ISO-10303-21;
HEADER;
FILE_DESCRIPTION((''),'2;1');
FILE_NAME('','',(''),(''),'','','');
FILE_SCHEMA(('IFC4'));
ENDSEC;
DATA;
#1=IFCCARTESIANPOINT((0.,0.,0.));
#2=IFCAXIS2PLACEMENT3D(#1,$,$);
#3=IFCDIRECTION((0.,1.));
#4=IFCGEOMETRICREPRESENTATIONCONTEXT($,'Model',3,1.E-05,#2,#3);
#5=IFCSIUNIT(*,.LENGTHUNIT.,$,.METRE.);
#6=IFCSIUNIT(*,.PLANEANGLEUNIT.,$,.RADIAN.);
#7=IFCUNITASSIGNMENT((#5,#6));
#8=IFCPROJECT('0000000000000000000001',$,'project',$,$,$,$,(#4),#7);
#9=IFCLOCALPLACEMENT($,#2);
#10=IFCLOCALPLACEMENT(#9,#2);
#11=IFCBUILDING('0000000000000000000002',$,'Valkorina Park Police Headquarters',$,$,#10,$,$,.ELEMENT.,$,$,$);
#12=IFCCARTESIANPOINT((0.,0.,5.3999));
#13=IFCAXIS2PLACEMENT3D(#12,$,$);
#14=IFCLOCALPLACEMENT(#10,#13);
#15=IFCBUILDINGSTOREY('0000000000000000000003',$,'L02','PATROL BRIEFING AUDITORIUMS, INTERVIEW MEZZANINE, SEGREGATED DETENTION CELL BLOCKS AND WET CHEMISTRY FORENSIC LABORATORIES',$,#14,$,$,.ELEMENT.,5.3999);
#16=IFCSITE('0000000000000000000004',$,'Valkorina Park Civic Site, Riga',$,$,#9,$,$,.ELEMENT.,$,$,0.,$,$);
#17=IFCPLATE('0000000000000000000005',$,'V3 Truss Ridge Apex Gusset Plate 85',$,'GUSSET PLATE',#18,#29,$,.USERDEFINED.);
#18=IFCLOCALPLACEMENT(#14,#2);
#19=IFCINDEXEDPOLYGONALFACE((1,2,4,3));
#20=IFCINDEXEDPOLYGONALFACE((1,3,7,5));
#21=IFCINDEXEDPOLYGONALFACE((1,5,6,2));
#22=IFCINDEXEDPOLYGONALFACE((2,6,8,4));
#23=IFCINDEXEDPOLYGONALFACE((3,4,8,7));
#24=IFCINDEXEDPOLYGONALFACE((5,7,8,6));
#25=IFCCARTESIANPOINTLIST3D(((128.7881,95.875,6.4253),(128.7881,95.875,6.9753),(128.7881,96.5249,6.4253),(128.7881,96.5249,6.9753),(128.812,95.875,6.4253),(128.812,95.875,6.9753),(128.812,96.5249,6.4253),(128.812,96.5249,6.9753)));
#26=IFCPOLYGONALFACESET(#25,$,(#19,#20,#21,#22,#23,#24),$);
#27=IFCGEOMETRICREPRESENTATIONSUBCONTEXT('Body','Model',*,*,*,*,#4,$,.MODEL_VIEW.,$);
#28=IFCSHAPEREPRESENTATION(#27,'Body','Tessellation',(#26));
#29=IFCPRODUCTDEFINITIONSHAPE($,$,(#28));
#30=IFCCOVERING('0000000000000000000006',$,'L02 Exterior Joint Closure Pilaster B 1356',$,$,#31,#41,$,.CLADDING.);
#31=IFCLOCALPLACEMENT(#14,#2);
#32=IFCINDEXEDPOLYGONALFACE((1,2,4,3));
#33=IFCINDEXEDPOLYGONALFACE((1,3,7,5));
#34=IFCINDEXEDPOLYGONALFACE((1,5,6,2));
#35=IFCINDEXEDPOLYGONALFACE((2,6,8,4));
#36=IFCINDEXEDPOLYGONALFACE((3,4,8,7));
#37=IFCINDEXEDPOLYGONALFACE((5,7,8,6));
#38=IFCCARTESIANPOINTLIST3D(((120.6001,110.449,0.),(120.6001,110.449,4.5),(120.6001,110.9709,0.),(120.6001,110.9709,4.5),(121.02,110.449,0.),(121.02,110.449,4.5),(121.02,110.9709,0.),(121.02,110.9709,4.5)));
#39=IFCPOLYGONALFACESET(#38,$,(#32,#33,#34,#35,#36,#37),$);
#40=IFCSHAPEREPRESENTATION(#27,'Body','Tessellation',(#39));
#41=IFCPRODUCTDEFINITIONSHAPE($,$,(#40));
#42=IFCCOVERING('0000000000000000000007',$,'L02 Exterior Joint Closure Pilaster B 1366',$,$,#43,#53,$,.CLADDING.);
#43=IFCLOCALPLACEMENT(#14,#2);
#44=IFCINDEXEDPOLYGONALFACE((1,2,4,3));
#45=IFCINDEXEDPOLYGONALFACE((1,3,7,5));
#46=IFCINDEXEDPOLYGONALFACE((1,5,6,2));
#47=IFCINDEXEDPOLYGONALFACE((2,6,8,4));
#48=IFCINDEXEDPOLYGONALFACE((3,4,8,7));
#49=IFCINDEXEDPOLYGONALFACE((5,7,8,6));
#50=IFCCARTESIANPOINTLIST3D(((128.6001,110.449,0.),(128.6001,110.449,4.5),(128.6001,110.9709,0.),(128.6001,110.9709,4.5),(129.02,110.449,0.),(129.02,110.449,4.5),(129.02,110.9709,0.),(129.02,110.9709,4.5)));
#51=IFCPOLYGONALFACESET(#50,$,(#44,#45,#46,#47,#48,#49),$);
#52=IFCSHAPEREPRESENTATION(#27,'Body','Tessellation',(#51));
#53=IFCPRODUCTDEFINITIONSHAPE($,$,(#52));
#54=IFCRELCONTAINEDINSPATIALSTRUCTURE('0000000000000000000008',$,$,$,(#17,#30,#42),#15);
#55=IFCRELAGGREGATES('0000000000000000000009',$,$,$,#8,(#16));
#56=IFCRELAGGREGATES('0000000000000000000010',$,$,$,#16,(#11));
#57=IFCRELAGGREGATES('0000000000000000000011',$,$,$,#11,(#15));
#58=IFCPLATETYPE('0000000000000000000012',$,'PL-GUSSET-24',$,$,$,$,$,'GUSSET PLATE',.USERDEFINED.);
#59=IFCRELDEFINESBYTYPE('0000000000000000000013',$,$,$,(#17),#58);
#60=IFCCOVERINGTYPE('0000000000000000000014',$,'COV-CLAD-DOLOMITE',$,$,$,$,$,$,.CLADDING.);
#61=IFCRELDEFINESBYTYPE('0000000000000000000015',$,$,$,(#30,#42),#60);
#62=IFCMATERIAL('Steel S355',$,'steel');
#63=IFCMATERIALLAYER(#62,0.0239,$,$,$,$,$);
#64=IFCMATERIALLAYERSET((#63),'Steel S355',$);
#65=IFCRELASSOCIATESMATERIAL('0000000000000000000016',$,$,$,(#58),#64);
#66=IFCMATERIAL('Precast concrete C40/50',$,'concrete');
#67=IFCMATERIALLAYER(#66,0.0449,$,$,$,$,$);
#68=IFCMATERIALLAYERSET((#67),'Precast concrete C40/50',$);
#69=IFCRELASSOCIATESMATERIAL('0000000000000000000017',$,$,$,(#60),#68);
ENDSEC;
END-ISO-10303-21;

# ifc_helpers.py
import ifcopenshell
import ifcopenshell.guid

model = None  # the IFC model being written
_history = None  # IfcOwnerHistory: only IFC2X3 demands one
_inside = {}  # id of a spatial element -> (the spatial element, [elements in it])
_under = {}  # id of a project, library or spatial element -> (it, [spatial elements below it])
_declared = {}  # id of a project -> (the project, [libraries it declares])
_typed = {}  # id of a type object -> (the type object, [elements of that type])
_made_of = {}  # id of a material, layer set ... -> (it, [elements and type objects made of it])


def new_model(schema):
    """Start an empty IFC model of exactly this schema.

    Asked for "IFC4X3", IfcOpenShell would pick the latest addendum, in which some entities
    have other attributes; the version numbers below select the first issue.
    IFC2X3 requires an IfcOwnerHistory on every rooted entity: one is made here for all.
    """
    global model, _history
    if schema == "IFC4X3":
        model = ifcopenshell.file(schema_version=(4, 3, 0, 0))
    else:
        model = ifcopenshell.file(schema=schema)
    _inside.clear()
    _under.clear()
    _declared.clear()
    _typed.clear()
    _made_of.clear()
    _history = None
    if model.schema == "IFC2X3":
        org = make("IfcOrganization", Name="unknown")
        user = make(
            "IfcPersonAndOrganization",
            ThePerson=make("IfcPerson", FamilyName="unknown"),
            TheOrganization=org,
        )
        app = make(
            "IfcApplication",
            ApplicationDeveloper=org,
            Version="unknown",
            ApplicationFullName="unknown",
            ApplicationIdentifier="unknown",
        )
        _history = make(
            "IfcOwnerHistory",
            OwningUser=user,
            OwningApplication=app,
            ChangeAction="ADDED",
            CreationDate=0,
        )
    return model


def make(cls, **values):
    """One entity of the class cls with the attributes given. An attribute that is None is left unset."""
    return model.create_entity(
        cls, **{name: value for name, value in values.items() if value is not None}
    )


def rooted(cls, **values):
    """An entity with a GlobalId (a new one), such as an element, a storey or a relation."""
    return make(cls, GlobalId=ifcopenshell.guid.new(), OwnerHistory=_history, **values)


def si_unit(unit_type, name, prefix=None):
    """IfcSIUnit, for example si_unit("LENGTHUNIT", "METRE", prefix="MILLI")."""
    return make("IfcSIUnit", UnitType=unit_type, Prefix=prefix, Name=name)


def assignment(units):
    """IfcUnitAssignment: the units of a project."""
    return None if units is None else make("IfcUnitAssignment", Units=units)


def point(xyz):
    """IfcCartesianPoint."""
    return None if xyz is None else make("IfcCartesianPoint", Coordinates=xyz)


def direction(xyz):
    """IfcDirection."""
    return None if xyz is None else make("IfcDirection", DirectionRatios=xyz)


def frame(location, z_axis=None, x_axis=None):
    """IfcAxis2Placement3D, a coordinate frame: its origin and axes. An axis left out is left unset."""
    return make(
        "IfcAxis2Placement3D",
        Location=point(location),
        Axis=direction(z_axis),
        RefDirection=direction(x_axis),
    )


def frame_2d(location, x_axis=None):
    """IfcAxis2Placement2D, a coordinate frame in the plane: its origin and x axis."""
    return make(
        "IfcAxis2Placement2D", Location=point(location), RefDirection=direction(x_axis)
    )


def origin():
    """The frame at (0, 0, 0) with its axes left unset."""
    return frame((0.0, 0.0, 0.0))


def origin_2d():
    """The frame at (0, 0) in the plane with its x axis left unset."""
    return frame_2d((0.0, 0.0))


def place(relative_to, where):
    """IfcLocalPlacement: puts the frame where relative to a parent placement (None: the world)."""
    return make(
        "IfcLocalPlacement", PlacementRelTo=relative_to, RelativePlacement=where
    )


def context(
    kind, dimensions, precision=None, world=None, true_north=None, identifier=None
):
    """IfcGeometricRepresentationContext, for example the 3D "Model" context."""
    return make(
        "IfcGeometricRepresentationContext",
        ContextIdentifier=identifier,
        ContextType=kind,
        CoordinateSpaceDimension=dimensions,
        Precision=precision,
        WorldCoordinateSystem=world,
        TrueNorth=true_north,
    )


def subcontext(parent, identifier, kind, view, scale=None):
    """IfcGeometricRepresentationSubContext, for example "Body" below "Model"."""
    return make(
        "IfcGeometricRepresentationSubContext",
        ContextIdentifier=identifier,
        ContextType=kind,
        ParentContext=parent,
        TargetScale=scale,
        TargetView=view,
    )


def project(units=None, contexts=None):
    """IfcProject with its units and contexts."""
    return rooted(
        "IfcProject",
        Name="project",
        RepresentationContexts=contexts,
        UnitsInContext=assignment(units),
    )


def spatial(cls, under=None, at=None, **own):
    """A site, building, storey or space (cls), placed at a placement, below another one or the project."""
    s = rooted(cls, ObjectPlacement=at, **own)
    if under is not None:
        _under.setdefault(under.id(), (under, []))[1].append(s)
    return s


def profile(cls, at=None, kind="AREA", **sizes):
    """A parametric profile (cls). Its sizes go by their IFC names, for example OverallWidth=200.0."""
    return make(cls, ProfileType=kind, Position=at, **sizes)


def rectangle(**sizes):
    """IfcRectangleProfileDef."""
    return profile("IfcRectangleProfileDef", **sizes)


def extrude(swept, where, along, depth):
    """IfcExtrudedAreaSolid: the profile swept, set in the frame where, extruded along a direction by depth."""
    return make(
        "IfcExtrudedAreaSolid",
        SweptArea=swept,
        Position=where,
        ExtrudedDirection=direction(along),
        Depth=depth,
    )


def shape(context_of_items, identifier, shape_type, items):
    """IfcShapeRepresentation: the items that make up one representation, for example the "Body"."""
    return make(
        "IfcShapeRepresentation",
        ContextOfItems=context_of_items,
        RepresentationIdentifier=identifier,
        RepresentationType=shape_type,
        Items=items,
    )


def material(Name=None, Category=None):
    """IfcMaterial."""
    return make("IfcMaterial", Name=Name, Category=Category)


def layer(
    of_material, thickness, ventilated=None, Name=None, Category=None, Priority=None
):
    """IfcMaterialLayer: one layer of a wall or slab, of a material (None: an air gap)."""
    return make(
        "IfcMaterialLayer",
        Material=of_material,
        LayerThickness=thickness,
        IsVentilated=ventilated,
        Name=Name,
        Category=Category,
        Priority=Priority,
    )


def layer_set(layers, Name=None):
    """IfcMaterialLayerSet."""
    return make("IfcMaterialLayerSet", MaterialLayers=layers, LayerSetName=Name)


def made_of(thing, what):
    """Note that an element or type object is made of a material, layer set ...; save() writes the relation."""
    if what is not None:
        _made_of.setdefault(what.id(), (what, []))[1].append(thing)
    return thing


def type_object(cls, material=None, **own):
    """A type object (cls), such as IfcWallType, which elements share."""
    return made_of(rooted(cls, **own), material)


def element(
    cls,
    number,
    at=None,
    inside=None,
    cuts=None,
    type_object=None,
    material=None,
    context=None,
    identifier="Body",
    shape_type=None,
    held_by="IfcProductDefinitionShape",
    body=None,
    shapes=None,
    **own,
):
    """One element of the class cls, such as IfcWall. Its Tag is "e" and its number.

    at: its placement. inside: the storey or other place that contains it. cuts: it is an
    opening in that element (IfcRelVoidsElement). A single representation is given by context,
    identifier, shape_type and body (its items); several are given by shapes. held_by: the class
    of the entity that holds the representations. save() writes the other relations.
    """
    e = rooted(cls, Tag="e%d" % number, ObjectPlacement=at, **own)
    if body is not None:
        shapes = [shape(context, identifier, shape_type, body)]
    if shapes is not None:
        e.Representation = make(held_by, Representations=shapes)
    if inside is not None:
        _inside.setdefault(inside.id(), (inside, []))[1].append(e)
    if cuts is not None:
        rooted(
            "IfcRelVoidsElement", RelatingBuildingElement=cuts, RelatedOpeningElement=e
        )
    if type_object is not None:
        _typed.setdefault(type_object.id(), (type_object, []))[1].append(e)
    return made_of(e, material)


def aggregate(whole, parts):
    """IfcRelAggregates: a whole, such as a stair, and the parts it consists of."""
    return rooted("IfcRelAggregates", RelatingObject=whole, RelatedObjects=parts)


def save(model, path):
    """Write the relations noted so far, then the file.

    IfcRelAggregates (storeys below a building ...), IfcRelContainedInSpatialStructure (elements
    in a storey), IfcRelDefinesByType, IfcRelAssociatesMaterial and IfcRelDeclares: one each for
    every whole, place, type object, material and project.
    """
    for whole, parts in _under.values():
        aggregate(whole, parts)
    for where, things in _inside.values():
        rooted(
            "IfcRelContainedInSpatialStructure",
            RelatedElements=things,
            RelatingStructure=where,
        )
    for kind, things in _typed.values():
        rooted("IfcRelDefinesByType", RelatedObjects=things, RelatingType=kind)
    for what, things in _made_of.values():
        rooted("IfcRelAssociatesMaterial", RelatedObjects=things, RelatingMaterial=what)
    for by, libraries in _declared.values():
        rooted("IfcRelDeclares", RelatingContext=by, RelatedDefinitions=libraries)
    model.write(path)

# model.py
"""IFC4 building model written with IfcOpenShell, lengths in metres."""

from ifc_helpers import new_model, si_unit, direction, frame, origin, origin_2d, place, context, subcontext, project, spatial, rectangle, extrude, material, layer, layer_set, type_object, element, save


model = new_model("IFC4")

# Units and contexts
model_context = context("Model", 3, precision=1e-05, world=origin(), true_north=direction((0.0, 1.0)))
body_context = subcontext(model_context, "Body", "Model", "MODEL_VIEW")
ifc_project = project(units=[si_unit("LENGTHUNIT", "METRE"), si_unit("PLANEANGLEUNIT", "RADIAN")], contexts=[model_context])

# Site, building, storey
site_placement = place(None, origin())
site = spatial("IfcSite", under=ifc_project, at=site_placement, Name="Valkorina Park Civic Site, Riga", CompositionType="ELEMENT", RefElevation=0.0)
building_placement = place(site_placement, origin())
building = spatial("IfcBuilding", under=site, at=building_placement, Name="Valkorina Park Police Headquarters", CompositionType="ELEMENT")
storey_placement = place(building_placement, frame((0.0, 0.0, 5.3999)))
storey = spatial("IfcBuildingStorey", under=building, at=storey_placement, Name="L02", Description="PATROL BRIEFING AUDITORIUMS, INTERVIEW MEZZANINE, SEGREGATED DETENTION CELL BLOCKS AND WET CHEMISTRY FORENSIC LABORATORIES", CompositionType="ELEMENT", Elevation=5.3999)

# Shared definitions
ifc_material_1 = material(Name="Steel S355", Category="steel")

# Plate
ifc_layer_1 = layer(ifc_material_1, 0.0239)
ifc_layer_set_1 = layer_set([ifc_layer_1], Name="Steel S355")
plate_type_1 = type_object("IfcPlateType", Name="PL-GUSSET-24", ElementType="GUSSET PLATE", PredefinedType="USERDEFINED", material=ifc_layer_set_1)
plate_placement = place(storey_placement, frame((128.8, 96.2, 6.4253), z_axis=(0.0, 0.0, 1.0), x_axis=(1.0, 0.0, 0.0)))
element("IfcPlate", 1, at=plate_placement, inside=storey, type_object=plate_type_1, Name="V3 Truss Ridge Apex Gusset Plate 85", ObjectType="GUSSET PLATE", PredefinedType="USERDEFINED", context=body_context, shape_type="SweptSolid", body=[
    extrude(rectangle(XDim=0.0239, YDim=0.6499, at=origin_2d()), origin(), (0.0, 0.0, 1.0), 0.55),
])

# Coverings
ifc_material_2 = material(Name="Precast concrete C40/50", Category="concrete")
ifc_layer_2 = layer(ifc_material_2, 0.0449)
ifc_layer_set_2 = layer_set([ifc_layer_2], Name="Precast concrete C40/50")
covering_type = type_object("IfcCoveringType", Name="COV-CLAD-DOLOMITE", PredefinedType="CLADDING", material=ifc_layer_set_2)
for number, where, z_axis, x_axis, name in (
    (2, (120.8101, 110.71, 0.0), (0.0, 0.0, 1.0), (1.0, 0.0, 0.0), "L02 Exterior Joint Closure Pilaster B 1356"),
    (3, (128.8101, 110.71, 0.0), (0.0, 0.0, 1.0), (1.0, 0.0, 0.0), "L02 Exterior Joint Closure Pilaster B 1366"),
):
    element("IfcCovering", number, at=place(storey_placement, frame(where, z_axis=z_axis, x_axis=x_axis)), inside=storey, type_object=covering_type, Name=name, PredefinedType="CLADDING", context=body_context, shape_type="SweptSolid", body=[
        extrude(rectangle(XDim=0.4199, YDim=0.522, at=origin_2d()), origin(), (0.0, 0.0, 1.0), 4.5),
    ])

save(model, "model.ifc")
